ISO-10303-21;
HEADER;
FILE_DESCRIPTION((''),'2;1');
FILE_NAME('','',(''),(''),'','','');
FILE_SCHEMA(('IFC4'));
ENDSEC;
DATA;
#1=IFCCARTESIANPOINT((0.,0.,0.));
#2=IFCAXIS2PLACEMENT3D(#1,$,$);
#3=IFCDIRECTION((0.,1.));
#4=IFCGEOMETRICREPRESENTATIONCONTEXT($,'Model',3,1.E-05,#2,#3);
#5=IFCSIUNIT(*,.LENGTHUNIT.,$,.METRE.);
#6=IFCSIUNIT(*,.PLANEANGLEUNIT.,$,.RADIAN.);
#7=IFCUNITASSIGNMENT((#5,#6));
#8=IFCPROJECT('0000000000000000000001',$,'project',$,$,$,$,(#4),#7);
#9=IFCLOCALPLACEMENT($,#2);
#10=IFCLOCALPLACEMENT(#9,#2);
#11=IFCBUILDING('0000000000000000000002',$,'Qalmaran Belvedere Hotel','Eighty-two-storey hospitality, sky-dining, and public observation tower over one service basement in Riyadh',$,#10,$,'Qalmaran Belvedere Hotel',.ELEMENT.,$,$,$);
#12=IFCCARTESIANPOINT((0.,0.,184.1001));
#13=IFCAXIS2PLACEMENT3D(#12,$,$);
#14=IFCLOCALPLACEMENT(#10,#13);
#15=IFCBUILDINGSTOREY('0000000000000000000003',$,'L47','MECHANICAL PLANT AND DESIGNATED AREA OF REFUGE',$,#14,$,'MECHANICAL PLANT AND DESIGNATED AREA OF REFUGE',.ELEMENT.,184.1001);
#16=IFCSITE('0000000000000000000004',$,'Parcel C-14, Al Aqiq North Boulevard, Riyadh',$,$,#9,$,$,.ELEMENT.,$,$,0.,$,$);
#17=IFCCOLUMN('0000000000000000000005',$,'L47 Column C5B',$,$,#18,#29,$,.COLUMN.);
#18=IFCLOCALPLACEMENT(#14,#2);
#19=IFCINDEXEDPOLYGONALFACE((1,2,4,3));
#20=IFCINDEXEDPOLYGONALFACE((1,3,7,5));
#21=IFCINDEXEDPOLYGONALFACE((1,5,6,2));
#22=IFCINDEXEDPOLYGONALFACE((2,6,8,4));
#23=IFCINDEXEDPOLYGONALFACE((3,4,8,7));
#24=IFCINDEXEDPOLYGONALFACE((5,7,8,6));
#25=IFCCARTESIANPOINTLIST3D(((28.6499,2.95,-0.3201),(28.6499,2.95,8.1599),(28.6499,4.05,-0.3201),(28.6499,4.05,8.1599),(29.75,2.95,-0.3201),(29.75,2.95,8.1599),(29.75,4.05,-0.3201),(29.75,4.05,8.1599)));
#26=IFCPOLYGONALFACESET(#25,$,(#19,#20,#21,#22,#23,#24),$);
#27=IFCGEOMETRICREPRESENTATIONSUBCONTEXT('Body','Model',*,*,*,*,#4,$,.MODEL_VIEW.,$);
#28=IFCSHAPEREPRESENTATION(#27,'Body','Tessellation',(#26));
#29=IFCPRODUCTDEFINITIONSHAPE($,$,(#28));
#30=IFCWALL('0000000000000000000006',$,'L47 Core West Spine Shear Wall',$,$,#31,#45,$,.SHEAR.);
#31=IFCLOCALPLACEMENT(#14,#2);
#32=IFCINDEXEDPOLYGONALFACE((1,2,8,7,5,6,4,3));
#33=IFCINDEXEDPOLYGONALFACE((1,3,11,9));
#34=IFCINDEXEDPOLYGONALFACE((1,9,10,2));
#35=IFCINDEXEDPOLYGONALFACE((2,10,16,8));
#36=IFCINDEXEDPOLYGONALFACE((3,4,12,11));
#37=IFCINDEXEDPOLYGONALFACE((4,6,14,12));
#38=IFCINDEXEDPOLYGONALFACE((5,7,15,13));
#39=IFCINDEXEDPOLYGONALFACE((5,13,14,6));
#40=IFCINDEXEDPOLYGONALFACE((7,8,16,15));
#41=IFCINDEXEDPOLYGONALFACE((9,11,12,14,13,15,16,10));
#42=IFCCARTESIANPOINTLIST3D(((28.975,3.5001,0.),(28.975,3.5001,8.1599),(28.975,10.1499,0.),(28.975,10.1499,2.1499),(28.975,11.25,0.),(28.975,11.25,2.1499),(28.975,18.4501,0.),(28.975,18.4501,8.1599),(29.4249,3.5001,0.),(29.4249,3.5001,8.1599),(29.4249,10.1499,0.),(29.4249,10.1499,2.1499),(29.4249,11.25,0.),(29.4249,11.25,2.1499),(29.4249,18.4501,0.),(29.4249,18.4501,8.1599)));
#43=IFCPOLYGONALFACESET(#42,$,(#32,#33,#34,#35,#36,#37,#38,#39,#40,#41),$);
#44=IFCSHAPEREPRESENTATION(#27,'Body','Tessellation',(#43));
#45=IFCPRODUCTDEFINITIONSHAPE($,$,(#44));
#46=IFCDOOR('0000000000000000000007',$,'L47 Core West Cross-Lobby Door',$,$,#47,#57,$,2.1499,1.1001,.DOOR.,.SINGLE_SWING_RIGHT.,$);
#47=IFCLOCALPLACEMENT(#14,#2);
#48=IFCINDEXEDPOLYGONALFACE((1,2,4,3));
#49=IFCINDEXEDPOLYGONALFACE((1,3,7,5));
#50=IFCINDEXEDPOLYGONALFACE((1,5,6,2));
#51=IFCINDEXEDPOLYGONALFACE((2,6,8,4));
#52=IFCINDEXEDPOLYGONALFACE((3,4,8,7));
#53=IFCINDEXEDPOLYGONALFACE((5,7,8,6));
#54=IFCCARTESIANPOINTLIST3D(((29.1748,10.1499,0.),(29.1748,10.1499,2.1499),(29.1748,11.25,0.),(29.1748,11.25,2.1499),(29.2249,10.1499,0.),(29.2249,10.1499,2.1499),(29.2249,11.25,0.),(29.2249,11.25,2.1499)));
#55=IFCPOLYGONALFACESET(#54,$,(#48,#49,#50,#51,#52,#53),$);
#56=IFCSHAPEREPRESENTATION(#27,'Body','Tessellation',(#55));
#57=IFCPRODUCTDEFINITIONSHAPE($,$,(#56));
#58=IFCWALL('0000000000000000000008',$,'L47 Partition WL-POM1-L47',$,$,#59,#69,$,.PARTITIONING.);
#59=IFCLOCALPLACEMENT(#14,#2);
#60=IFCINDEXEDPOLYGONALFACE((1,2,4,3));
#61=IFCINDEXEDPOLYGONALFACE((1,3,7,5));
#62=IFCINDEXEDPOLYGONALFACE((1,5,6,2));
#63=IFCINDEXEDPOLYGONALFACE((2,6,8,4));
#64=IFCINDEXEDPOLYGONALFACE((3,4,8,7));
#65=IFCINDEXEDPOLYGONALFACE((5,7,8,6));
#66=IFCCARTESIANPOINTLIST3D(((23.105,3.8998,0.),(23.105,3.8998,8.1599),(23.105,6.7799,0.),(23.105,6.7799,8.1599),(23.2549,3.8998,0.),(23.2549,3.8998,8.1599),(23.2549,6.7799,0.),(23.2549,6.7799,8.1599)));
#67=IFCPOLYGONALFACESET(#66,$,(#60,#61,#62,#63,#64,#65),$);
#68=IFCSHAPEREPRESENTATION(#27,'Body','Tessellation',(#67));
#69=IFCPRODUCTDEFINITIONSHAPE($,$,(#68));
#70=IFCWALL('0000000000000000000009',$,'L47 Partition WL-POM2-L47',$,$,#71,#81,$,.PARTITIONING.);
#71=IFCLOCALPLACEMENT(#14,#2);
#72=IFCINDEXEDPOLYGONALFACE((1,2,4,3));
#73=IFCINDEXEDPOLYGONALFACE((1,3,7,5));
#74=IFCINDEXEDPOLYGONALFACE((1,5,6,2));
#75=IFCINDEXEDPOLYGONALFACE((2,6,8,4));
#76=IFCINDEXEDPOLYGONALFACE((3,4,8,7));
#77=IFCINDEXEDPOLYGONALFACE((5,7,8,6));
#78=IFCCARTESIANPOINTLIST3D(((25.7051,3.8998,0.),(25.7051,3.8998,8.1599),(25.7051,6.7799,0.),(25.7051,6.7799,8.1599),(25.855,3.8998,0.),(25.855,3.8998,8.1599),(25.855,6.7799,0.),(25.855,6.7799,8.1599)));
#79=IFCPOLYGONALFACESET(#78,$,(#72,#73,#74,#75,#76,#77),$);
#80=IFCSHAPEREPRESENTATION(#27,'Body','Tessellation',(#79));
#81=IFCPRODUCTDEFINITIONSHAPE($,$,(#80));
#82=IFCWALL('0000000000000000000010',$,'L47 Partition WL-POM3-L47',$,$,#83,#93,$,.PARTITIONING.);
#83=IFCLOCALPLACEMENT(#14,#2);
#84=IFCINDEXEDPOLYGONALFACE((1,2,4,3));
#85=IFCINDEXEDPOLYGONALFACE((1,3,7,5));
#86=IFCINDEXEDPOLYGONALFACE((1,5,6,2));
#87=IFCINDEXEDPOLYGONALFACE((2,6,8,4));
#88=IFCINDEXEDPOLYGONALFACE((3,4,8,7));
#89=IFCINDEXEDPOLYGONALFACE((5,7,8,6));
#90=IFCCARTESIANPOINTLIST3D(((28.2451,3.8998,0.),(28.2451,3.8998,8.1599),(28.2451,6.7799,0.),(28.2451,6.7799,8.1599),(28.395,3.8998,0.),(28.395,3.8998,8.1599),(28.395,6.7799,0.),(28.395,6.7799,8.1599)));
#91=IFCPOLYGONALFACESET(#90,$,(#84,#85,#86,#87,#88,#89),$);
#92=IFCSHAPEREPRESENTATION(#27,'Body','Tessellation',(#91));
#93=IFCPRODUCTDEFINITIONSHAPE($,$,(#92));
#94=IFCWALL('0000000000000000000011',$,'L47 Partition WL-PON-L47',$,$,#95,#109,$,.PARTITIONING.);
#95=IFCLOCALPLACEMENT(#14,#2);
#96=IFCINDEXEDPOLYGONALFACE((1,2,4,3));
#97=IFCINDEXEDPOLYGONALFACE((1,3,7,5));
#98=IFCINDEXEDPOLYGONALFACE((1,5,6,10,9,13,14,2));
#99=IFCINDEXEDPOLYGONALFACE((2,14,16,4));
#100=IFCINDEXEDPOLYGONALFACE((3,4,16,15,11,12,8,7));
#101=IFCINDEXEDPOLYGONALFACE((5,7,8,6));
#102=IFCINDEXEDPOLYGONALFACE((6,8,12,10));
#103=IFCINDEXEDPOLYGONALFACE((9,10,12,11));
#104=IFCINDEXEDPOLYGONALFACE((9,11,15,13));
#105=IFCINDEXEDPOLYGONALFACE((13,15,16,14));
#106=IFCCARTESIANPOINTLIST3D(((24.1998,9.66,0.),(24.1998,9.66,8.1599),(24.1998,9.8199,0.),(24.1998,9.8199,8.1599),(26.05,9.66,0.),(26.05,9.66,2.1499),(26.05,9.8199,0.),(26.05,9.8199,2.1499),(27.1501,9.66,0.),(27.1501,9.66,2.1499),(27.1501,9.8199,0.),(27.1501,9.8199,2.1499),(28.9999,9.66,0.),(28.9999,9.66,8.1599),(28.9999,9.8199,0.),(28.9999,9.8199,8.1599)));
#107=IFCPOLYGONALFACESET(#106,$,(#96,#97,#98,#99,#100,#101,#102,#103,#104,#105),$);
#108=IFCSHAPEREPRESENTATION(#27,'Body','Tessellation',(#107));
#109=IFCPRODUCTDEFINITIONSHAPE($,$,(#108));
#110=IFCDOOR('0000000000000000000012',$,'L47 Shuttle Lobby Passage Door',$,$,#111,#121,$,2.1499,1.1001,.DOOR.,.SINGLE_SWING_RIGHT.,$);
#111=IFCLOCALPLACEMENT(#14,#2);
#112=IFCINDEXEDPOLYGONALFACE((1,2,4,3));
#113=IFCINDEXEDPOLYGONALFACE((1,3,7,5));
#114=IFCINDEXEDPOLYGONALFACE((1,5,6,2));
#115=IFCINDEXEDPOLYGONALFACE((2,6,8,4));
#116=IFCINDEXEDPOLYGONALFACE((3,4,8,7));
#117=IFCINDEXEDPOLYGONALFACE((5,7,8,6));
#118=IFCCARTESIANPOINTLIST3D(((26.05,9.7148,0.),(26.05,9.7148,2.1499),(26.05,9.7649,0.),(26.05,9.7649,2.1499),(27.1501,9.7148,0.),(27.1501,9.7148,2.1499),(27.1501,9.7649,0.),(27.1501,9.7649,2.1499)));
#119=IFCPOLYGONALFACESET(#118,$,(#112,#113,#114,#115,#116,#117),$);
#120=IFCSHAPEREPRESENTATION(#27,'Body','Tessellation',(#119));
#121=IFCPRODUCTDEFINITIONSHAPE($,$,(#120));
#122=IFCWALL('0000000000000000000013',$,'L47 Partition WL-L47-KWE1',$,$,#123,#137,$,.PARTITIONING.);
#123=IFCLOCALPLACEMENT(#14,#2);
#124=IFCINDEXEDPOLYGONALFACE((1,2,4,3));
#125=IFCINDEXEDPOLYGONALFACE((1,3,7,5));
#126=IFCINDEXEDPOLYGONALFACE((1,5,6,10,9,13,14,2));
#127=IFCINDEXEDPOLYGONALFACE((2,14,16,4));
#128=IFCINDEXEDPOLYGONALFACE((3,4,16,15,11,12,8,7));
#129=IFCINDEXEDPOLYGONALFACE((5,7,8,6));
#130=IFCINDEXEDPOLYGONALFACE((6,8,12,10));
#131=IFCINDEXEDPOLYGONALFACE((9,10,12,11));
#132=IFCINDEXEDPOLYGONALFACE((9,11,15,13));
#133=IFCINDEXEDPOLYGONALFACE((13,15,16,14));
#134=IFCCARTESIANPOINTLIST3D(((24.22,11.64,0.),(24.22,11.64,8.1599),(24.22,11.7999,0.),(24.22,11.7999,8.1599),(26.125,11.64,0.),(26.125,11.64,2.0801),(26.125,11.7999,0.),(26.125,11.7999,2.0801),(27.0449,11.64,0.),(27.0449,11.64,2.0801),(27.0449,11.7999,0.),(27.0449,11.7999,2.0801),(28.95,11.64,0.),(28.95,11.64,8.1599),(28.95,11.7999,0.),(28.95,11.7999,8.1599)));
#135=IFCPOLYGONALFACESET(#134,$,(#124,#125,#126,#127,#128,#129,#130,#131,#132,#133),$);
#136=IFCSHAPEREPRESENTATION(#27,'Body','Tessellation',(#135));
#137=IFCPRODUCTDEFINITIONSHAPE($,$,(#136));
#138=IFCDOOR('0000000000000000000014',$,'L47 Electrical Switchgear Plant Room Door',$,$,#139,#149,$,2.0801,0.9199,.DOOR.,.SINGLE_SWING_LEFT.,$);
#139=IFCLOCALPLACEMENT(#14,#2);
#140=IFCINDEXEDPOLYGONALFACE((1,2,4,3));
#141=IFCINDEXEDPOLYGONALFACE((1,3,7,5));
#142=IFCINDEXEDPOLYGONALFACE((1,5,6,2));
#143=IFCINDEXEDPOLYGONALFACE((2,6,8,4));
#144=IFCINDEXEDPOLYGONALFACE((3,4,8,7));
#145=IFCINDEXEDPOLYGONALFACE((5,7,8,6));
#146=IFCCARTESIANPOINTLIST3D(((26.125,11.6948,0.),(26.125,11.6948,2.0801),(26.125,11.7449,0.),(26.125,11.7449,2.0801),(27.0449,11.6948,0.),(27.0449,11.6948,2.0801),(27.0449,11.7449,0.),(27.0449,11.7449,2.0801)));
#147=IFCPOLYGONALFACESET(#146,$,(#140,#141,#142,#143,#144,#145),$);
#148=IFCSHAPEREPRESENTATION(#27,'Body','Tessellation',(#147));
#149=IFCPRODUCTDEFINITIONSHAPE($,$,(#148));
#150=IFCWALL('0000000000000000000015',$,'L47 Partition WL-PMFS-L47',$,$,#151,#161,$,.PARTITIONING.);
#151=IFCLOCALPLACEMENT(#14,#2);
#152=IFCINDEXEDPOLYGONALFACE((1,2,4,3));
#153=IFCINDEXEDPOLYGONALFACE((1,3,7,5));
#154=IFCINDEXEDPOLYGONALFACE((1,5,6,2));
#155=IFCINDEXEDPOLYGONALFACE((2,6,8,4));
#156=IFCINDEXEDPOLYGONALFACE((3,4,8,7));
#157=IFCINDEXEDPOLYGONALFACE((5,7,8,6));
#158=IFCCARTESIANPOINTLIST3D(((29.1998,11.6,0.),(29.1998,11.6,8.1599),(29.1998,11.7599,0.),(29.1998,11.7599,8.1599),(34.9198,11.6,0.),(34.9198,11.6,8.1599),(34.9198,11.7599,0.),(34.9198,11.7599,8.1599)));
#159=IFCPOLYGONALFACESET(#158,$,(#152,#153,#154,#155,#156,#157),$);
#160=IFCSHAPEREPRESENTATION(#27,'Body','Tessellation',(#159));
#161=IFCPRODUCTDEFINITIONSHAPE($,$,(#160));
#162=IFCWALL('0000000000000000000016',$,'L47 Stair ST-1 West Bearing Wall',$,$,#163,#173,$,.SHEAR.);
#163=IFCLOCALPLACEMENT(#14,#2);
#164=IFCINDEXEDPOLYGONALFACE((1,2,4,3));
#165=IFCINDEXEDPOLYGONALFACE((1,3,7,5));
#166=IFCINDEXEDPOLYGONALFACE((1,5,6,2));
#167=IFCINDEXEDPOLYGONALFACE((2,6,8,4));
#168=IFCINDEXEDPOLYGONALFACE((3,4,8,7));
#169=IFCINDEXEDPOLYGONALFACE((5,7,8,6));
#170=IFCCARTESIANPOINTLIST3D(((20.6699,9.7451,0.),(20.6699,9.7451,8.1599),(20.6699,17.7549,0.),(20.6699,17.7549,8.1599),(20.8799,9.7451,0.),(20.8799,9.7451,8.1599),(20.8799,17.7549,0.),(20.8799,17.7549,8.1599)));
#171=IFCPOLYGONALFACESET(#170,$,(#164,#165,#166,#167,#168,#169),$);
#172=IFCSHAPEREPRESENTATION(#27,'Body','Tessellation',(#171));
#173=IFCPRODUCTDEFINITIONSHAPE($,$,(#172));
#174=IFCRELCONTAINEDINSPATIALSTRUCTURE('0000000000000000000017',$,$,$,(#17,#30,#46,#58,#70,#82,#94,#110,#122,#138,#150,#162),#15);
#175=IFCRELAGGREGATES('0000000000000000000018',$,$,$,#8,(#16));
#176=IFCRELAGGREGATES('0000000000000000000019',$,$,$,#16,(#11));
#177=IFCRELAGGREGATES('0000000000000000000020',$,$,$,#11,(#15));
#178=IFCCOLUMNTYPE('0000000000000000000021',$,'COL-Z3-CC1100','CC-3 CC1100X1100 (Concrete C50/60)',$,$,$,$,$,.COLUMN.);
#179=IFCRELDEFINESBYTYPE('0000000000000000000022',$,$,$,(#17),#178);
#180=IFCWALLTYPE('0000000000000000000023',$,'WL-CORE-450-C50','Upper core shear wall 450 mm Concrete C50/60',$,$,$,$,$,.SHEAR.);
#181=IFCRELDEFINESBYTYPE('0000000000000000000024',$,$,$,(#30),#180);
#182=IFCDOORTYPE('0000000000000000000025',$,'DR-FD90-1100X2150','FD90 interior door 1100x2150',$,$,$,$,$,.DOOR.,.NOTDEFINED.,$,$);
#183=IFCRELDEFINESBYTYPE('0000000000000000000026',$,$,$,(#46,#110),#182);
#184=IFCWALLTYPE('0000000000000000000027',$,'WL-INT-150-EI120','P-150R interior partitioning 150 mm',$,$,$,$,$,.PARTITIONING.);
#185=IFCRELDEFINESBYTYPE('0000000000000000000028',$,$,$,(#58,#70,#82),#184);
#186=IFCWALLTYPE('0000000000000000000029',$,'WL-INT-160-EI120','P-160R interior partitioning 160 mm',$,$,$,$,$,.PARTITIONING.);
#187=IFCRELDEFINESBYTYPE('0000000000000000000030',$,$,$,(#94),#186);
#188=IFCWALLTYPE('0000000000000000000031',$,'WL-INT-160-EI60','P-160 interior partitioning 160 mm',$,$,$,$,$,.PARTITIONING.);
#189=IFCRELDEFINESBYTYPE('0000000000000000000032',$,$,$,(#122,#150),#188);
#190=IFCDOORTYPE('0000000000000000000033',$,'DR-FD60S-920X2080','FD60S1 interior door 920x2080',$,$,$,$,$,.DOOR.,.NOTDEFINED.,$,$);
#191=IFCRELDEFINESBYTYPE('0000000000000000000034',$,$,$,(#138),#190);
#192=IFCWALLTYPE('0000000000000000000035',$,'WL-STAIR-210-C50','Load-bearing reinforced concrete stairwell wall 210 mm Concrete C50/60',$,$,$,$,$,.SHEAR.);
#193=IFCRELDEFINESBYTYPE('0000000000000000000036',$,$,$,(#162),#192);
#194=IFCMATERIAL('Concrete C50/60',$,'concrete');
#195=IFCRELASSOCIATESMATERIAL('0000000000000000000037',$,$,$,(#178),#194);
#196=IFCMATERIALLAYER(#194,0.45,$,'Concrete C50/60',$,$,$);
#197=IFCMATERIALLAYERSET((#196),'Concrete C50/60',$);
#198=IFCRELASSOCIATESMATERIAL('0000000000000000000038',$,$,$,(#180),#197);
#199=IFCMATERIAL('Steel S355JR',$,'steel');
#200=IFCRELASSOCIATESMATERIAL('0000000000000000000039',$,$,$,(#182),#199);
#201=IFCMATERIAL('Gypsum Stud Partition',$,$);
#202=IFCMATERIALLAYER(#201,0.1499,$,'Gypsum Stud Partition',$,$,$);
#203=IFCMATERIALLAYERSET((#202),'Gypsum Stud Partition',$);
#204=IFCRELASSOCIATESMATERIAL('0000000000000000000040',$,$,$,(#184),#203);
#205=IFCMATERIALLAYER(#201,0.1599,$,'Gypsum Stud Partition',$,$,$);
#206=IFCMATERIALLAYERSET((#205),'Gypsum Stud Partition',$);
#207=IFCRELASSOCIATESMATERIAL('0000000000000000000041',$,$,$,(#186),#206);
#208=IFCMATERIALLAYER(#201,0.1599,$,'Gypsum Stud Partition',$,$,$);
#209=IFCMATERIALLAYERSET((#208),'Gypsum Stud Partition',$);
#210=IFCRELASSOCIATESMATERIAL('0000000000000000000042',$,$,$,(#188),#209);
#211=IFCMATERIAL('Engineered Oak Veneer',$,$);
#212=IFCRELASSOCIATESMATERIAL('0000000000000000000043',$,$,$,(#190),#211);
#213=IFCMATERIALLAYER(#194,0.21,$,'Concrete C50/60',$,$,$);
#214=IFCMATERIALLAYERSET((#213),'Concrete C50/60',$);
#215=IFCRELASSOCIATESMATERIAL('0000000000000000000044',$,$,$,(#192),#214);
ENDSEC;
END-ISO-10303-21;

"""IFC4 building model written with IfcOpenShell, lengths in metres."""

from ifc_helpers import new_model, si_unit, direction, frame, frame_2d, origin, origin_2d, place, context, subcontext, project, spatial, rectangle, extrude, material, layer, layer_set, material_profile, profile_set, type_object, element, fill, save


model = new_model("IFC4")

# Units and contexts
model_context = context("Model", 3, precision=1e-05, world=origin(), true_north=direction((0.0, 1.0)))
body_context = subcontext(model_context, "Body", "Model", "MODEL_VIEW")
ifc_project = project(units=[si_unit("LENGTHUNIT", "METRE"), si_unit("PLANEANGLEUNIT", "RADIAN")], contexts=[model_context])

# Site, building, storey
site_placement = place(None, origin())
site = spatial("IfcSite", under=ifc_project, at=site_placement, Name="Parcel C-14, Al Aqiq North Boulevard, Riyadh", CompositionType="ELEMENT", RefElevation=0.0)
building_placement = place(site_placement, origin())
building = spatial("IfcBuilding", under=site, at=building_placement, Name="Qalmaran Belvedere Hotel", Description="Eighty-two-storey hospitality, sky-dining, and public observation tower over one service basement in Riyadh", LongName="Qalmaran Belvedere Hotel", CompositionType="ELEMENT")
storey_placement = place(building_placement, frame((0.0, 0.0, 184.1001)))
storey = spatial("IfcBuildingStorey", under=building, at=storey_placement, Name="L47", Description="MECHANICAL PLANT AND DESIGNATED AREA OF REFUGE", LongName="MECHANICAL PLANT AND DESIGNATED AREA OF REFUGE", CompositionType="ELEMENT", Elevation=184.1001)

# Column
ifc_material_1 = material(Name="Concrete C50/60", Category="concrete")
ifc_material_profile = material_profile(ifc_material_1, rectangle(XDim=1.1001, YDim=1.1001, at=origin_2d()), Name="CC1100X1100")
ifc_profile_set = profile_set([ifc_material_profile], Name="Concrete C50/60")
column_type = type_object("IfcColumnType", Name="COL-Z3-CC1100", Description="CC-3 CC1100X1100 (Concrete C50/60)", PredefinedType="COLUMN", material=ifc_profile_set)
column_placement = place(storey_placement, frame((29.2, 3.5, -0.3201), z_axis=(0.0, 0.0, 1.0), x_axis=(1.0, 0.0, 0.0)))
element("IfcColumn", 1, at=column_placement, inside=storey, type_object=column_type, Name="L47 Column C5B", PredefinedType="COLUMN", context=body_context, shape_type="SweptSolid", body=[
    extrude(rectangle(XDim=1.1001, YDim=1.1001, at=origin_2d()), origin(), (0.0, 0.0, 1.0), 8.48),
])

# Wall, opening, door
ifc_layer_1 = layer(ifc_material_1, 0.45, Name="Concrete C50/60")
ifc_layer_set_1 = layer_set([ifc_layer_1], Name="Concrete C50/60")
wall_type_1 = type_object("IfcWallType", Name="WL-CORE-450-C50", Description="Upper core shear wall 450 mm Concrete C50/60", PredefinedType="SHEAR", material=ifc_layer_set_1)
wall_1_placement = place(storey_placement, frame((29.2, 3.5, 0.0), z_axis=(0.0, 0.0, 1.0), x_axis=(0.0, 1.0, 0.0)))
wall_1 = element("IfcWall", 2, at=wall_1_placement, inside=storey, type_object=wall_type_1, Name="L47 Core West Spine Shear Wall", PredefinedType="SHEAR", context=body_context, shape_type="SweptSolid", body=[
    extrude(rectangle(XDim=14.95, YDim=0.45, at=frame_2d((7.4751, 0.0))), origin(), (0.0, 0.0, 1.0), 8.1599),
])
opening_1_placement = place(wall_1_placement, frame((7.75, 0.0, 0.0), z_axis=(0.0, 0.0, 1.0), x_axis=(-1.0, 0.0, 0.0)))
opening_1 = element("IfcOpeningElement", 3, at=opening_1_placement, cuts=wall_1, PredefinedType="OPENING", context=body_context, shape_type="SweptSolid", body=[
    extrude(rectangle(XDim=1.1001, YDim=2.1499, at=frame_2d((0.55, 1.075))), frame((0.0, 0.2349, 0.0), z_axis=(0.0, -1.0, 0.0), x_axis=(1.0, 0.0, 0.0)), (0.0, 0.0, 1.0), 0.47),
])
ifc_material_2 = material(Name="Steel S355JR", Category="steel")
door_type_1 = type_object("IfcDoorType", Name="DR-FD90-1100X2150", Description="FD90 interior door 1100x2150", OperationType="NOTDEFINED", PredefinedType="DOOR", material=ifc_material_2)
door_1_placement = place(opening_1_placement, origin())
door_1 = element("IfcDoor", 4, at=door_1_placement, inside=storey, type_object=door_type_1, Name="L47 Core West Cross-Lobby Door", OperationType="SINGLE_SWING_RIGHT", OverallHeight=2.1499, OverallWidth=1.1001, PredefinedType="DOOR", context=body_context, shape_type="SweptSolid", body=[
    extrude(rectangle(XDim=1.1001, YDim=2.1499, at=frame_2d((0.55, 1.075))), frame((0.0, 0.0249, 0.0), z_axis=(0.0, -1.0, 0.0), x_axis=(1.0, 0.0, 0.0)), (0.0, 0.0, 1.0), 0.05),
])
fill(opening_1, door_1)

# Walls
ifc_material_3 = material(Name="Gypsum Stud Partition")
ifc_layer_2 = layer(ifc_material_3, 0.1499, Name="Gypsum Stud Partition")
ifc_layer_set_2 = layer_set([ifc_layer_2], Name="Gypsum Stud Partition")
wall_type_2 = type_object("IfcWallType", Name="WL-INT-150-EI120", Description="P-150R interior partitioning 150 mm", PredefinedType="PARTITIONING", material=ifc_layer_set_2)
for number, where, z_axis, x_axis, name in (
    (5, (23.1799, 3.8999, 0.0), (0.0, 0.0, 1.0), (0.0, 1.0, 0.0), "L47 Partition WL-POM1-L47"),
    (6, (25.78, 3.8999, 0.0), (0.0, 0.0, 1.0), (0.0, 1.0, 0.0), "L47 Partition WL-POM2-L47"),
    (7, (28.3201, 3.8999, 0.0), (0.0, 0.0, 1.0), (0.0, 1.0, 0.0), "L47 Partition WL-POM3-L47"),
):
    element("IfcWall", number, at=place(storey_placement, frame(where, z_axis=z_axis, x_axis=x_axis)), inside=storey, type_object=wall_type_2, Name=name, PredefinedType="PARTITIONING", context=body_context, shape_type="SweptSolid", body=[
        extrude(rectangle(XDim=2.8801, YDim=0.1499, at=frame_2d((1.4399, 0.0))), origin(), (0.0, 0.0, 1.0), 8.1599),
    ])

# Walls, openings, doors
ifc_layer_3 = layer(ifc_material_3, 0.1599, Name="Gypsum Stud Partition")
ifc_layer_set_3 = layer_set([ifc_layer_3], Name="Gypsum Stud Partition")
wall_type_3 = type_object("IfcWallType", Name="WL-INT-160-EI120", Description="P-160R interior partitioning 160 mm", PredefinedType="PARTITIONING", material=ifc_layer_set_3)
wall_2_placement = place(storey_placement, frame((24.2, 9.74, 0.0), z_axis=(0.0, 0.0, 1.0), x_axis=(1.0, 0.0, 0.0)))
wall_2 = element("IfcWall", 8, at=wall_2_placement, inside=storey, type_object=wall_type_3, Name="L47 Partition WL-PON-L47", PredefinedType="PARTITIONING", context=body_context, shape_type="SweptSolid", body=[
    extrude(rectangle(XDim=4.8, YDim=0.1599, at=frame_2d((2.3999, 0.0))), origin(), (0.0, 0.0, 1.0), 8.1599),
])
opening_2_placement = place(wall_2_placement, frame((1.8501, 0.0, 0.0)))
opening_2 = element("IfcOpeningElement", 9, at=opening_2_placement, cuts=wall_2, PredefinedType="OPENING", context=body_context, shape_type="SweptSolid", body=[
    extrude(rectangle(XDim=1.1001, YDim=2.1499, at=frame_2d((0.55, 1.075))), frame((0.0, 0.0898, 0.0), z_axis=(0.0, -1.0, 0.0), x_axis=(1.0, 0.0, 0.0)), (0.0, 0.0, 1.0), 0.1799),
])
door_2_placement = place(opening_2_placement, origin())
door_2 = element("IfcDoor", 10, at=door_2_placement, inside=storey, type_object=door_type_1, Name="L47 Shuttle Lobby Passage Door", OperationType="SINGLE_SWING_RIGHT", OverallHeight=2.1499, OverallWidth=1.1001, PredefinedType="DOOR", context=body_context, shape_type="SweptSolid", body=[
    extrude(rectangle(XDim=1.1001, YDim=2.1499, at=frame_2d((0.55, 1.075))), frame((0.0, 0.0249, 0.0), z_axis=(0.0, -1.0, 0.0), x_axis=(1.0, 0.0, 0.0)), (0.0, 0.0, 1.0), 0.05),
])
fill(opening_2, door_2)
ifc_layer_4 = layer(ifc_material_3, 0.1599, Name="Gypsum Stud Partition")
ifc_layer_set_4 = layer_set([ifc_layer_4], Name="Gypsum Stud Partition")
wall_type_4 = type_object("IfcWallType", Name="WL-INT-160-EI60", Description="P-160 interior partitioning 160 mm", PredefinedType="PARTITIONING", material=ifc_layer_set_4)
wall_3_placement = place(storey_placement, frame((24.22, 11.72, 0.0), z_axis=(0.0, 0.0, 1.0), x_axis=(1.0, 0.0, 0.0)))
wall_3 = element("IfcWall", 11, at=wall_3_placement, inside=storey, type_object=wall_type_4, Name="L47 Partition WL-L47-KWE1", PredefinedType="PARTITIONING", context=body_context, shape_type="SweptSolid", body=[
    extrude(rectangle(XDim=4.73, YDim=0.1599, at=frame_2d((2.365, 0.0))), origin(), (0.0, 0.0, 1.0), 8.1599),
])
opening_3_placement = place(wall_3_placement, frame((1.905, 0.0, 0.0)))
opening_3 = element("IfcOpeningElement", 12, at=opening_3_placement, cuts=wall_3, PredefinedType="OPENING", context=body_context, shape_type="SweptSolid", body=[
    extrude(rectangle(XDim=0.9199, YDim=2.0801, at=frame_2d((0.46, 1.04))), frame((0.0, 0.0898, 0.0), z_axis=(0.0, -1.0, 0.0), x_axis=(1.0, 0.0, 0.0)), (0.0, 0.0, 1.0), 0.1799),
])
ifc_material_4 = material(Name="Engineered Oak Veneer")
door_type_2 = type_object("IfcDoorType", Name="DR-FD60S-920X2080", Description="FD60S1 interior door 920x2080", OperationType="NOTDEFINED", PredefinedType="DOOR", material=ifc_material_4)
door_3_placement = place(opening_3_placement, origin())
door_3 = element("IfcDoor", 13, at=door_3_placement, inside=storey, type_object=door_type_2, Name="L47 Electrical Switchgear Plant Room Door", OperationType="SINGLE_SWING_LEFT", OverallHeight=2.0801, OverallWidth=0.9199, PredefinedType="DOOR", context=body_context, shape_type="SweptSolid", body=[
    extrude(rectangle(XDim=0.9199, YDim=2.0801, at=frame_2d((0.46, 1.04))), frame((0.0, 0.0249, 0.0), z_axis=(0.0, -1.0, 0.0), x_axis=(1.0, 0.0, 0.0)), (0.0, 0.0, 1.0), 0.05),
])
fill(opening_3, door_3)

# Walls
wall_4_placement = place(storey_placement, frame((29.2, 11.6799, 0.0), z_axis=(0.0, 0.0, 1.0), x_axis=(1.0, 0.0, 0.0)))
element("IfcWall", 14, at=wall_4_placement, inside=storey, type_object=wall_type_4, Name="L47 Partition WL-PMFS-L47", PredefinedType="PARTITIONING", context=body_context, shape_type="SweptSolid", body=[
    extrude(rectangle(XDim=5.72, YDim=0.1599, at=frame_2d((2.8599, 0.0))), origin(), (0.0, 0.0, 1.0), 8.1599),
])
ifc_layer_5 = layer(ifc_material_1, 0.21, Name="Concrete C50/60")
ifc_layer_set_5 = layer_set([ifc_layer_5], Name="Concrete C50/60")
wall_type_5 = type_object("IfcWallType", Name="WL-STAIR-210-C50", Description="Load-bearing reinforced concrete stairwell wall 210 mm Concrete C50/60", PredefinedType="SHEAR", material=ifc_layer_set_5)
for number, where, z_axis, x_axis, name in (
    (15, (20.7749, 9.7451, 0.0), (0.0, 0.0, 1.0), (0.0, 1.0, 0.0), "L47 Stair ST-1 West Bearing Wall"),
):
    element("IfcWall", number, at=place(storey_placement, frame(where, z_axis=z_axis, x_axis=x_axis)), inside=storey, type_object=wall_type_5, Name=name, PredefinedType="SHEAR", context=body_context, shape_type="SweptSolid", body=[
        extrude(rectangle(XDim=8.0098, YDim=0.21, at=frame_2d((4.0049, 0.0))), origin(), (0.0, 0.0, 1.0), 8.1599),
    ])

save(model, "model.ifc")
